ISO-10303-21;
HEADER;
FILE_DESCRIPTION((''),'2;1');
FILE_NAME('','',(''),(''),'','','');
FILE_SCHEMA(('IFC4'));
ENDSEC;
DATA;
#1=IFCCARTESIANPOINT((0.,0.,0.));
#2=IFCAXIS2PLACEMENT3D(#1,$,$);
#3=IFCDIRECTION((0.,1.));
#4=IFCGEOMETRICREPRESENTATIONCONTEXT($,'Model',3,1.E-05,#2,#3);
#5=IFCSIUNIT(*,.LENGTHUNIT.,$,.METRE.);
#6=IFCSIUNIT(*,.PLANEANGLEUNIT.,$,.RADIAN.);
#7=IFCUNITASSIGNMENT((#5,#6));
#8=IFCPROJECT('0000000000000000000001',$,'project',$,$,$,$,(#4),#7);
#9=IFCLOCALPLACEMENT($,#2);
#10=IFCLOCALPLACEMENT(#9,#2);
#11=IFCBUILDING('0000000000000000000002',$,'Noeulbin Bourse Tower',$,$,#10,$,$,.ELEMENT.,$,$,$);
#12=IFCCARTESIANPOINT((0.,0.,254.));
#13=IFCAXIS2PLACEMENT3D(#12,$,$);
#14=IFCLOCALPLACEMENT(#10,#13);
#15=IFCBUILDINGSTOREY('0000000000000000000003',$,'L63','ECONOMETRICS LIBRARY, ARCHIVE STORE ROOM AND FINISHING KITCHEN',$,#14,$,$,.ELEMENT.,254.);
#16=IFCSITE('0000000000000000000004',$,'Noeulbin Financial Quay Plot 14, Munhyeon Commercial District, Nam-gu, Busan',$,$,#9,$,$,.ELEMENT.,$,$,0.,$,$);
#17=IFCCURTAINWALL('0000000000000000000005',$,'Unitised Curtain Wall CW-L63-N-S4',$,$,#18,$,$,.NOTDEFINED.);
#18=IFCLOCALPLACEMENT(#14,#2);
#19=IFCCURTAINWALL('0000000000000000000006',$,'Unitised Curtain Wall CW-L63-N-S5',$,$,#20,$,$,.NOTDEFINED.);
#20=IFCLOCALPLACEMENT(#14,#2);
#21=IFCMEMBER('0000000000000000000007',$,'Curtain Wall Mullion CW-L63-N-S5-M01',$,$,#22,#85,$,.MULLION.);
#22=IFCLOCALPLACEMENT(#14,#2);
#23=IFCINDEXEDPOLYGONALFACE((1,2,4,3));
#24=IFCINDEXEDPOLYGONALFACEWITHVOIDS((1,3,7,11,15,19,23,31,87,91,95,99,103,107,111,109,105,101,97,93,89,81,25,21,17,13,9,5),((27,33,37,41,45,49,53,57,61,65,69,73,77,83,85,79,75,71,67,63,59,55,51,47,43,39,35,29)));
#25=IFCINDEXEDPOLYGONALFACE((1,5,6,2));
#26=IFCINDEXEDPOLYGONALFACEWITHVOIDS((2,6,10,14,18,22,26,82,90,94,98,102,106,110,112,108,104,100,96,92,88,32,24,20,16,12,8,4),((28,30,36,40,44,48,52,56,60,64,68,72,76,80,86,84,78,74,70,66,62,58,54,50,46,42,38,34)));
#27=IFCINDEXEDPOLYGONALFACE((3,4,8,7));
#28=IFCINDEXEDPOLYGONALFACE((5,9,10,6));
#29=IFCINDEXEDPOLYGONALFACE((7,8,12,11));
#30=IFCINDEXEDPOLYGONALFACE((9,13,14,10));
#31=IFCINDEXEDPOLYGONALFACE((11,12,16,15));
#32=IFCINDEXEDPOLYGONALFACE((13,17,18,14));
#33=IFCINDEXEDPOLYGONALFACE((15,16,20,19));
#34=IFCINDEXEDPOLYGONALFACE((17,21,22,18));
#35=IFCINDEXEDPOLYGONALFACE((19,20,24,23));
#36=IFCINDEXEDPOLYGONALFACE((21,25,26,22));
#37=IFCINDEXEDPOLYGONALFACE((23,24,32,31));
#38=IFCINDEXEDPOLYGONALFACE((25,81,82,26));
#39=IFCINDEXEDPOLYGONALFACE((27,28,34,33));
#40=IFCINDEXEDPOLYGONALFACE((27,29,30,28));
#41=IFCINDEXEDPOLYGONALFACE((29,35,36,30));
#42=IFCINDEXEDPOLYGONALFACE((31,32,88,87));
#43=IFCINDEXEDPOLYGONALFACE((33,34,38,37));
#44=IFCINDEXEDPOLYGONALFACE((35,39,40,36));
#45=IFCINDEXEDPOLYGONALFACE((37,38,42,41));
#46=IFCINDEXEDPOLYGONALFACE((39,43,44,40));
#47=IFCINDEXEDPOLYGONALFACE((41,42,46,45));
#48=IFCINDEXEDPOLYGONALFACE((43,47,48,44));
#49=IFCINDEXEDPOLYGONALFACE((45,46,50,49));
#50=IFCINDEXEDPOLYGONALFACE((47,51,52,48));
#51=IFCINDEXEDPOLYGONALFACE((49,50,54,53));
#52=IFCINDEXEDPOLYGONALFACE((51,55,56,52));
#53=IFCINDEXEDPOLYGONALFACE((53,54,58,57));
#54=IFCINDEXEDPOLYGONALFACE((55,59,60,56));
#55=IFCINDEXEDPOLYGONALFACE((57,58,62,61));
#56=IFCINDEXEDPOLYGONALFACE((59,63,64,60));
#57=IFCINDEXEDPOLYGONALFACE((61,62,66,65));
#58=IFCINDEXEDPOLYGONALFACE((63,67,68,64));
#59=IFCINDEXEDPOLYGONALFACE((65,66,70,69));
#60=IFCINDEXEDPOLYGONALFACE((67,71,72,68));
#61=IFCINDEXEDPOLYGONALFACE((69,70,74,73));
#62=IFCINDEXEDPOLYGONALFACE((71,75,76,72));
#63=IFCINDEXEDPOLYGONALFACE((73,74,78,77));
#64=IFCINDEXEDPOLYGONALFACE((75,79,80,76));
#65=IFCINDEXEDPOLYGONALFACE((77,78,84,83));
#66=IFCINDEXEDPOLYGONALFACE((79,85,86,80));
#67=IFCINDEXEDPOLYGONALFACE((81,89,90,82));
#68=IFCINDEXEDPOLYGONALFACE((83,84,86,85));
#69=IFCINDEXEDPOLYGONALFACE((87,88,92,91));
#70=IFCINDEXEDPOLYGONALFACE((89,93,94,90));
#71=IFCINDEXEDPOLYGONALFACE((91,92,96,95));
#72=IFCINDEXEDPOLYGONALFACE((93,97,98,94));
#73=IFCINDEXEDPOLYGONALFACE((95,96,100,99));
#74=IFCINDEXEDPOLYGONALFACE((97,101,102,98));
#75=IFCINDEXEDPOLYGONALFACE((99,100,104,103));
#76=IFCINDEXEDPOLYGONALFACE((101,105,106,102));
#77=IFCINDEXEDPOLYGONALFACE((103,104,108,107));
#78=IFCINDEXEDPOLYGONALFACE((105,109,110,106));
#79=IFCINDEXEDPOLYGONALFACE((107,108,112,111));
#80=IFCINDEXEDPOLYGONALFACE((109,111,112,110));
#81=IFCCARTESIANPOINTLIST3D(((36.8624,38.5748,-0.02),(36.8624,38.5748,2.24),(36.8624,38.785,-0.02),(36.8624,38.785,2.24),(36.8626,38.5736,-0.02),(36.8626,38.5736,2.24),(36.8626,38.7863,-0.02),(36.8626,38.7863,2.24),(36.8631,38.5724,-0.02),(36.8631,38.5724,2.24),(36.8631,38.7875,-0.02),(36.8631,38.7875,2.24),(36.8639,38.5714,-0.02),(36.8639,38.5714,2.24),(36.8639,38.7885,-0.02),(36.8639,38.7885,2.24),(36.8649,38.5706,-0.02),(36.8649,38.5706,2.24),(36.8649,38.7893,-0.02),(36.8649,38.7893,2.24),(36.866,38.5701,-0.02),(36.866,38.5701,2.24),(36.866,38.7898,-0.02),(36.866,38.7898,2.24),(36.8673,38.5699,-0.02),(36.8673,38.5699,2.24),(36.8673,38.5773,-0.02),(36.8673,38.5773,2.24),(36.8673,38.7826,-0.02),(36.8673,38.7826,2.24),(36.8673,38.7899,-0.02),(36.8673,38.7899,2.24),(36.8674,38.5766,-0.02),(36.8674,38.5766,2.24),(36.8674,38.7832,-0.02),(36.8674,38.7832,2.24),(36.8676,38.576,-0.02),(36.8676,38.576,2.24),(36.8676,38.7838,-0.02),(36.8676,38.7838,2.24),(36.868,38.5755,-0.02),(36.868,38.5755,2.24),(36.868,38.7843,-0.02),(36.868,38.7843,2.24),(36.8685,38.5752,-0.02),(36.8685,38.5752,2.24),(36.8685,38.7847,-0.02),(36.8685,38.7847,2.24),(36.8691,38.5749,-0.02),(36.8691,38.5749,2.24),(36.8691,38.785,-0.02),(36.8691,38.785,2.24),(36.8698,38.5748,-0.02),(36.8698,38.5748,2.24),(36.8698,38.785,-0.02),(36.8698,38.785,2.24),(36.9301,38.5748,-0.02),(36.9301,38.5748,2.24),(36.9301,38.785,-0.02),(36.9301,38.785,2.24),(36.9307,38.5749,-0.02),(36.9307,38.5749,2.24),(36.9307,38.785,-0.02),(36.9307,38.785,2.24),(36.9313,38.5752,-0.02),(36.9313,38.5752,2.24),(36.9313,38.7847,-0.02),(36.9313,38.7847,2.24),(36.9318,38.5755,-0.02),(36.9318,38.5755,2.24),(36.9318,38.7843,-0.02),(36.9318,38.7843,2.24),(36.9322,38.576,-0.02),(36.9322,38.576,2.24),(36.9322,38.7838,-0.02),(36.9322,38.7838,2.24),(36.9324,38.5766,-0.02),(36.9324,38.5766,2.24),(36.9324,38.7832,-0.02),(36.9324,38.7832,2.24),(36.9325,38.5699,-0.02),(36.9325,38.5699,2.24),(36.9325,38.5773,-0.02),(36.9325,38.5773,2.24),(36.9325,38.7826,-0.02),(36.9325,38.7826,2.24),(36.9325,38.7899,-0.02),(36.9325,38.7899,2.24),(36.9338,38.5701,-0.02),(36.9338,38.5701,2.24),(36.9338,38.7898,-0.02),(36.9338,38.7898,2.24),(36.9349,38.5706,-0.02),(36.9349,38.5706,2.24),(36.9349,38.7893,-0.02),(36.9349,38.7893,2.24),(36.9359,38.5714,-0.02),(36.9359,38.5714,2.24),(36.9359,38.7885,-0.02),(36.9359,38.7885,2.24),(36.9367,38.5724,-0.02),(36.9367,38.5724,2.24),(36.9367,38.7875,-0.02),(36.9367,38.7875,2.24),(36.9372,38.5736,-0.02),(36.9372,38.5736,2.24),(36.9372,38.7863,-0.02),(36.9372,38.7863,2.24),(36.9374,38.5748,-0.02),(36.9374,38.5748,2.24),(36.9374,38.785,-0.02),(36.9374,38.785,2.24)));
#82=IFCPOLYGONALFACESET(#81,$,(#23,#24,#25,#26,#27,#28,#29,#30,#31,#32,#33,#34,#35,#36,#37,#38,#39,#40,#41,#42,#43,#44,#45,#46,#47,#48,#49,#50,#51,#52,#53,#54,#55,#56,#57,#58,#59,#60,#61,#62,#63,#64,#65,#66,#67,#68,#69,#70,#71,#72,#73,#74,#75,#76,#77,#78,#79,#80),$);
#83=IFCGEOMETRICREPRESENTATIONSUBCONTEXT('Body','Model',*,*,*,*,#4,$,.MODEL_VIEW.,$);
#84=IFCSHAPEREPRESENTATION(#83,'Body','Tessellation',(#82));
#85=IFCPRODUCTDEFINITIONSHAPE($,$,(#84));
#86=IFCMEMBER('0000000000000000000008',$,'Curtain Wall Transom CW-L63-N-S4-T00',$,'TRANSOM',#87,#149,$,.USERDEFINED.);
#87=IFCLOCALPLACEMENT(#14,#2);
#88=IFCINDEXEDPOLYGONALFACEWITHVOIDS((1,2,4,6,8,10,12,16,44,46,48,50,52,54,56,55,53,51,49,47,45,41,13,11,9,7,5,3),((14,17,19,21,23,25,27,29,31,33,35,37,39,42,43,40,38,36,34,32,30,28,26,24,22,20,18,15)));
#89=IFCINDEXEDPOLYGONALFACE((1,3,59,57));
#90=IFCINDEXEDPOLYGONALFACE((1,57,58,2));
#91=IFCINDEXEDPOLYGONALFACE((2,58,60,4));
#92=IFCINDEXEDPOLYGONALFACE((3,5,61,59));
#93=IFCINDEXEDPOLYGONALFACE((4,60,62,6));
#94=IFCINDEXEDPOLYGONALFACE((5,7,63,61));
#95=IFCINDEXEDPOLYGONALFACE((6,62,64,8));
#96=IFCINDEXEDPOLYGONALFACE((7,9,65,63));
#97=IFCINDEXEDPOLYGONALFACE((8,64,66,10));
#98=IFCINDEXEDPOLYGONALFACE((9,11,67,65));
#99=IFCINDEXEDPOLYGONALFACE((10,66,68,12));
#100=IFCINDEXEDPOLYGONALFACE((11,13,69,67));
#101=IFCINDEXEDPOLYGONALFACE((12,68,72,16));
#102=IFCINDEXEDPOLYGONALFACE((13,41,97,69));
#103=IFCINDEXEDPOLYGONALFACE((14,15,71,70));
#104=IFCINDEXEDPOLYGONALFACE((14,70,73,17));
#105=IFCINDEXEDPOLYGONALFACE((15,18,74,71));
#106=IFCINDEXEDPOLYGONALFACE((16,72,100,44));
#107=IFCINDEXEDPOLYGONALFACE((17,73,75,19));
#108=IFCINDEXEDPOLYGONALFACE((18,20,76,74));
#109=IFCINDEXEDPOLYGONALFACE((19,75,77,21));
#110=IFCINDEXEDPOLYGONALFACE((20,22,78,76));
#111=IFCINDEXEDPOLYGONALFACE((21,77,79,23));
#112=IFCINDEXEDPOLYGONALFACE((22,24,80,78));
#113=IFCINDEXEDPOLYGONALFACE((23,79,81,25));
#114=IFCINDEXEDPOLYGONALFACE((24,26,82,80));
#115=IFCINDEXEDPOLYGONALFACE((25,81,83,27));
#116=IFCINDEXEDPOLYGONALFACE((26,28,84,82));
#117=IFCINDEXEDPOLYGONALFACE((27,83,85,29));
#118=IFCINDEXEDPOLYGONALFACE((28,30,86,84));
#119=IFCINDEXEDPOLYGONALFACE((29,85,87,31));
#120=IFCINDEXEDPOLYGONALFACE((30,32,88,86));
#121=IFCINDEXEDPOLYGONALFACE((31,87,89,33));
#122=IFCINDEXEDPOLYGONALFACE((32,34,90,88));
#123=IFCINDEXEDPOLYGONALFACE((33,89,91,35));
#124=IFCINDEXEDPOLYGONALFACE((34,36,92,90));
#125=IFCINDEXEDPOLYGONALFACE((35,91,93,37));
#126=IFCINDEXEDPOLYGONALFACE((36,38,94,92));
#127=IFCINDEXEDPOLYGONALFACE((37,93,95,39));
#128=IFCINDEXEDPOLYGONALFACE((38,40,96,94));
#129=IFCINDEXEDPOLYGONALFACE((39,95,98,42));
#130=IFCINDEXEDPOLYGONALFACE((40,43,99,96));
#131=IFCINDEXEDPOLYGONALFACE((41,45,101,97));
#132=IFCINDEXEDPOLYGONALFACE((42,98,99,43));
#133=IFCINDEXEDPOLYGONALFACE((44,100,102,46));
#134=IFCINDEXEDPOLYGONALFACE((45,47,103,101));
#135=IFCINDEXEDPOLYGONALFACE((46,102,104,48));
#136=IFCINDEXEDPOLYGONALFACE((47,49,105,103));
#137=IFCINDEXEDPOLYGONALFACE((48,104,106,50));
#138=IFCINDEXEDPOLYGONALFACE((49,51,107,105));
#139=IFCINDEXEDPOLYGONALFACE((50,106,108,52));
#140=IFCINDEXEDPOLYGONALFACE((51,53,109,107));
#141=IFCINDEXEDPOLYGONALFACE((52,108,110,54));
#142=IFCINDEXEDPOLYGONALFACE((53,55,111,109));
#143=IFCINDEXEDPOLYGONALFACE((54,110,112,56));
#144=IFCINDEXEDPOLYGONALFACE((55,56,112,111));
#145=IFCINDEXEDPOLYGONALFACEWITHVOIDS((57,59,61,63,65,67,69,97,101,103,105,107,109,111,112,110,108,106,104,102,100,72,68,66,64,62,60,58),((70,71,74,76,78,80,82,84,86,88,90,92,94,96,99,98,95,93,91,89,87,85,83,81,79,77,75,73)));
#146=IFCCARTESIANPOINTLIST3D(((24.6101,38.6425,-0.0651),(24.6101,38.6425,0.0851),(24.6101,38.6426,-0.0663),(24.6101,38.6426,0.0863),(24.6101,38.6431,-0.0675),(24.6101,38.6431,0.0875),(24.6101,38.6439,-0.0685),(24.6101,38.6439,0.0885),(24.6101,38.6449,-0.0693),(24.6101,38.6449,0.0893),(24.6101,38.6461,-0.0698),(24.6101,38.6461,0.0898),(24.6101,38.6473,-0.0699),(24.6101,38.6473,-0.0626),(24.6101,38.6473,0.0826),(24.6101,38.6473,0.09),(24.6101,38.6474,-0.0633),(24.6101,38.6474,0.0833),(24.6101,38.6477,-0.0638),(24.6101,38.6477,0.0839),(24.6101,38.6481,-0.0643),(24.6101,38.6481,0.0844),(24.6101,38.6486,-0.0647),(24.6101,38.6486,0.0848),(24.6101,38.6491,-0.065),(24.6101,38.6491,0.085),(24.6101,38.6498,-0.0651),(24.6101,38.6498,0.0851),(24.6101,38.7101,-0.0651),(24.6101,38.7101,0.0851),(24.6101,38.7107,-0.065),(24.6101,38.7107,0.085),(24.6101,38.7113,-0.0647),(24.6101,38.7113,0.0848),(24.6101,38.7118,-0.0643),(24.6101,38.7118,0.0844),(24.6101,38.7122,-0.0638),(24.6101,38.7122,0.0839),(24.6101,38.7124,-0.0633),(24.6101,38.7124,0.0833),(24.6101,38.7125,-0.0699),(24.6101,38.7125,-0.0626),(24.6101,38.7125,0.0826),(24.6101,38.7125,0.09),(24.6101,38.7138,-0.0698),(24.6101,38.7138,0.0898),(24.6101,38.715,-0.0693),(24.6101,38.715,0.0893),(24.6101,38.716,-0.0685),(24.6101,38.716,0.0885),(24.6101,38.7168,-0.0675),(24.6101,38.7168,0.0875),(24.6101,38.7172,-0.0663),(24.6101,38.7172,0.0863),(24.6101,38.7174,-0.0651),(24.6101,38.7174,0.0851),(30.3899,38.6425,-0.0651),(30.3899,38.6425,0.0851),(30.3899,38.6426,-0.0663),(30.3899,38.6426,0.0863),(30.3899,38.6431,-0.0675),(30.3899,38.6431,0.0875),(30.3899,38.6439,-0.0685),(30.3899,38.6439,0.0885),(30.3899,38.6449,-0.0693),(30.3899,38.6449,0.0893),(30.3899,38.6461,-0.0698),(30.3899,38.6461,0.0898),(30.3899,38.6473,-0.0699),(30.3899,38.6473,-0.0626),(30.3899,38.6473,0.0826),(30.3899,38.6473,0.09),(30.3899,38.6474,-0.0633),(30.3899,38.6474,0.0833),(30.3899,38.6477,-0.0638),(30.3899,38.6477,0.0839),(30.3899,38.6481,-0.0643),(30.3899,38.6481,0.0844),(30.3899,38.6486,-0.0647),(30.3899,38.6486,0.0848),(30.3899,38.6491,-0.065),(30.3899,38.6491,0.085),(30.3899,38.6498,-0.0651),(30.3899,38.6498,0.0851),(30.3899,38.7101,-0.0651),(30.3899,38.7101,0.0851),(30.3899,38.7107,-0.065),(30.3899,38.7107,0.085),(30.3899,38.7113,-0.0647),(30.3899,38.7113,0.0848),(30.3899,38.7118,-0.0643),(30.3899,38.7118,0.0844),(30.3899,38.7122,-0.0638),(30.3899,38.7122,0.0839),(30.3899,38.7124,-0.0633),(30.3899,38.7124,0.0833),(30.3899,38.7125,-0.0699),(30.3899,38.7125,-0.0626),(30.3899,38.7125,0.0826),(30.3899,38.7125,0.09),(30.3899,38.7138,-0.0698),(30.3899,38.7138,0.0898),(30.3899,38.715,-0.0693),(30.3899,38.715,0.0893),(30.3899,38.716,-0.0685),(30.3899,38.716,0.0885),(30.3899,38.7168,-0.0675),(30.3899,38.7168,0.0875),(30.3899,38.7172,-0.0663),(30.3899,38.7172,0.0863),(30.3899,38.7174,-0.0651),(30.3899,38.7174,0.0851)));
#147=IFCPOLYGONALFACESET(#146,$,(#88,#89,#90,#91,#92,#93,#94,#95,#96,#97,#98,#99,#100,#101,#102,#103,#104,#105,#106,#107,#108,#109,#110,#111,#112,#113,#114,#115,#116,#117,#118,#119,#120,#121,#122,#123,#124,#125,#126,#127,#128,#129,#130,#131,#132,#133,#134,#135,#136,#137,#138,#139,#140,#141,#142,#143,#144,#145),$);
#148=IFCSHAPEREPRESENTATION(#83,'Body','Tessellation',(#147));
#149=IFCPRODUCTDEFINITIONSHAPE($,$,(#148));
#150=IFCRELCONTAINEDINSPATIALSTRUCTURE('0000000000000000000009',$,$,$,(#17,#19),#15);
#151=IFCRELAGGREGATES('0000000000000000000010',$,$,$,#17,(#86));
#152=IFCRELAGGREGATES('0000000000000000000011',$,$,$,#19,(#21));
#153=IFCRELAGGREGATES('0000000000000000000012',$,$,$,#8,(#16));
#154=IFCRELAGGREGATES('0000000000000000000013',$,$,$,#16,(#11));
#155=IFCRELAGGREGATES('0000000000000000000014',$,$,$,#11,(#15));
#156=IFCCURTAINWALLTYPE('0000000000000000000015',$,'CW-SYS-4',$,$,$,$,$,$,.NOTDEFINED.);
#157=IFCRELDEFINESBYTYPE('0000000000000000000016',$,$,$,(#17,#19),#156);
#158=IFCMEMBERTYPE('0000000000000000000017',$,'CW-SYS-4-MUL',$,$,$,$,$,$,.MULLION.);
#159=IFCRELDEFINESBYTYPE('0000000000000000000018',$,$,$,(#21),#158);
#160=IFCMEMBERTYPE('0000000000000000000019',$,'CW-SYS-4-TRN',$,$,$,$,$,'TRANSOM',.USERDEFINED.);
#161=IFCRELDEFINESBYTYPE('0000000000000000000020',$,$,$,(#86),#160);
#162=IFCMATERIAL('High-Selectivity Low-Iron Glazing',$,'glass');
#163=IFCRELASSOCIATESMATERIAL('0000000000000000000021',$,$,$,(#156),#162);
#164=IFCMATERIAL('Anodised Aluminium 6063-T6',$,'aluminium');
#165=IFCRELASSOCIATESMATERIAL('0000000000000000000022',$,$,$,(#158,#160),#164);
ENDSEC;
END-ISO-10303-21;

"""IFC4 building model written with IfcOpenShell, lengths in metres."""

from ifc_helpers import new_model, si_unit, direction, frame, origin, origin_2d, place, context, subcontext, project, spatial, hollow_rectangle, extrude, material, material_profile, profile_set, type_object, element, aggregate, save


model = new_model("IFC4")

# Units and contexts
model_context = context("Model", 3, precision=1e-05, world=origin(), true_north=direction((0.0, 1.0)))
body_context = subcontext(model_context, "Body", "Model", "MODEL_VIEW")
ifc_project = project(units=[si_unit("LENGTHUNIT", "METRE"), si_unit("PLANEANGLEUNIT", "RADIAN")], contexts=[model_context])

# Site, building, storey
site_placement = place(None, origin())
site = spatial("IfcSite", under=ifc_project, at=site_placement, Name="Noeulbin Financial Quay Plot 14, Munhyeon Commercial District, Nam-gu, Busan", CompositionType="ELEMENT", RefElevation=0.0)
building_placement = place(site_placement, origin())
building = spatial("IfcBuilding", under=site, at=building_placement, Name="Noeulbin Bourse Tower", CompositionType="ELEMENT")
storey_placement = place(building_placement, frame((0.0, 0.0, 254.0)))
storey = spatial("IfcBuildingStorey", under=building, at=storey_placement, Name="L63", Description="ECONOMETRICS LIBRARY, ARCHIVE STORE ROOM AND FINISHING KITCHEN", CompositionType="ELEMENT", Elevation=254.0)

# Curtain walls, member
ifc_material_1 = material(Name="High-Selectivity Low-Iron Glazing", Category="glass")
curtain_wall_type = type_object("IfcCurtainWallType", Name="CW-SYS-4", PredefinedType="NOTDEFINED", material=ifc_material_1)
curtain_wall_1_placement = place(storey_placement, origin())
curtain_wall_1 = element("IfcCurtainWall", 1, at=curtain_wall_1_placement, inside=storey, type_object=curtain_wall_type, Name="Unitised Curtain Wall CW-L63-N-S4", PredefinedType="NOTDEFINED")
ifc_material_2 = material(Name="Anodised Aluminium 6063-T6", Category="aluminium")
ifc_material_profile_1 = material_profile(ifc_material_2, hollow_rectangle(XDim=0.075, YDim=0.22, WallThickness=0.0049, InnerFilletRadius=0.0024, OuterFilletRadius=0.0049, at=origin_2d()), Name="ALU-MULL-75x220x5", Category="LoadBearing")
ifc_profile_set_1 = profile_set([ifc_material_profile_1], Name="Anodised Aluminium 6063-T6")
member_type_1 = type_object("IfcMemberType", Name="CW-SYS-4-MUL", PredefinedType="MULLION", material=ifc_profile_set_1)
curtain_wall_2_placement = place(storey_placement, origin())
curtain_wall_2 = element("IfcCurtainWall", 2, at=curtain_wall_2_placement, inside=storey, type_object=curtain_wall_type, Name="Unitised Curtain Wall CW-L63-N-S5", PredefinedType="NOTDEFINED")
member_1_placement = place(storey_placement, frame((36.8999, 38.6799, -0.02), z_axis=(0.0, 0.0, 1.0), x_axis=(1.0, 0.0, 0.0)))
member_1 = element("IfcMember", 3, at=member_1_placement, type_object=member_type_1, Name="Curtain Wall Mullion CW-L63-N-S5-M01", PredefinedType="MULLION", context=body_context, shape_type="SweptSolid", body=[
    extrude(hollow_rectangle(XDim=0.075, YDim=0.22, WallThickness=0.0049, InnerFilletRadius=0.0024, OuterFilletRadius=0.0049, at=origin_2d()), origin(), (0.0, 0.0, 1.0), 2.26),
])

# Member
ifc_material_profile_2 = material_profile(ifc_material_2, hollow_rectangle(XDim=0.075, YDim=0.1599, WallThickness=0.0049, InnerFilletRadius=0.0024, OuterFilletRadius=0.0049, at=origin_2d()), Name="ALU-TRAN-75x160x5", Category="LoadBearing")
ifc_profile_set_2 = profile_set([ifc_material_profile_2], Name="Anodised Aluminium 6063-T6")
member_type_2 = type_object("IfcMemberType", Name="CW-SYS-4-TRN", ElementType="TRANSOM", PredefinedType="USERDEFINED", material=ifc_profile_set_2)
member_2_placement = place(storey_placement, frame((24.6101, 38.6799, 0.01), z_axis=(1.0, 0.0, 0.0), x_axis=(0.0, 1.0, 0.0)))
member_2 = element("IfcMember", 4, at=member_2_placement, type_object=member_type_2, Name="Curtain Wall Transom CW-L63-N-S4-T00", ObjectType="TRANSOM", PredefinedType="USERDEFINED", context=body_context, shape_type="SweptSolid", body=[
    extrude(hollow_rectangle(XDim=0.075, YDim=0.1599, WallThickness=0.0049, InnerFilletRadius=0.0024, OuterFilletRadius=0.0049, at=origin_2d()), origin(), (0.0, 0.0, 1.0), 5.7798),
])

aggregate(curtain_wall_1, [member_2])
aggregate(curtain_wall_2, [member_1])

save(model, "model.ifc")
